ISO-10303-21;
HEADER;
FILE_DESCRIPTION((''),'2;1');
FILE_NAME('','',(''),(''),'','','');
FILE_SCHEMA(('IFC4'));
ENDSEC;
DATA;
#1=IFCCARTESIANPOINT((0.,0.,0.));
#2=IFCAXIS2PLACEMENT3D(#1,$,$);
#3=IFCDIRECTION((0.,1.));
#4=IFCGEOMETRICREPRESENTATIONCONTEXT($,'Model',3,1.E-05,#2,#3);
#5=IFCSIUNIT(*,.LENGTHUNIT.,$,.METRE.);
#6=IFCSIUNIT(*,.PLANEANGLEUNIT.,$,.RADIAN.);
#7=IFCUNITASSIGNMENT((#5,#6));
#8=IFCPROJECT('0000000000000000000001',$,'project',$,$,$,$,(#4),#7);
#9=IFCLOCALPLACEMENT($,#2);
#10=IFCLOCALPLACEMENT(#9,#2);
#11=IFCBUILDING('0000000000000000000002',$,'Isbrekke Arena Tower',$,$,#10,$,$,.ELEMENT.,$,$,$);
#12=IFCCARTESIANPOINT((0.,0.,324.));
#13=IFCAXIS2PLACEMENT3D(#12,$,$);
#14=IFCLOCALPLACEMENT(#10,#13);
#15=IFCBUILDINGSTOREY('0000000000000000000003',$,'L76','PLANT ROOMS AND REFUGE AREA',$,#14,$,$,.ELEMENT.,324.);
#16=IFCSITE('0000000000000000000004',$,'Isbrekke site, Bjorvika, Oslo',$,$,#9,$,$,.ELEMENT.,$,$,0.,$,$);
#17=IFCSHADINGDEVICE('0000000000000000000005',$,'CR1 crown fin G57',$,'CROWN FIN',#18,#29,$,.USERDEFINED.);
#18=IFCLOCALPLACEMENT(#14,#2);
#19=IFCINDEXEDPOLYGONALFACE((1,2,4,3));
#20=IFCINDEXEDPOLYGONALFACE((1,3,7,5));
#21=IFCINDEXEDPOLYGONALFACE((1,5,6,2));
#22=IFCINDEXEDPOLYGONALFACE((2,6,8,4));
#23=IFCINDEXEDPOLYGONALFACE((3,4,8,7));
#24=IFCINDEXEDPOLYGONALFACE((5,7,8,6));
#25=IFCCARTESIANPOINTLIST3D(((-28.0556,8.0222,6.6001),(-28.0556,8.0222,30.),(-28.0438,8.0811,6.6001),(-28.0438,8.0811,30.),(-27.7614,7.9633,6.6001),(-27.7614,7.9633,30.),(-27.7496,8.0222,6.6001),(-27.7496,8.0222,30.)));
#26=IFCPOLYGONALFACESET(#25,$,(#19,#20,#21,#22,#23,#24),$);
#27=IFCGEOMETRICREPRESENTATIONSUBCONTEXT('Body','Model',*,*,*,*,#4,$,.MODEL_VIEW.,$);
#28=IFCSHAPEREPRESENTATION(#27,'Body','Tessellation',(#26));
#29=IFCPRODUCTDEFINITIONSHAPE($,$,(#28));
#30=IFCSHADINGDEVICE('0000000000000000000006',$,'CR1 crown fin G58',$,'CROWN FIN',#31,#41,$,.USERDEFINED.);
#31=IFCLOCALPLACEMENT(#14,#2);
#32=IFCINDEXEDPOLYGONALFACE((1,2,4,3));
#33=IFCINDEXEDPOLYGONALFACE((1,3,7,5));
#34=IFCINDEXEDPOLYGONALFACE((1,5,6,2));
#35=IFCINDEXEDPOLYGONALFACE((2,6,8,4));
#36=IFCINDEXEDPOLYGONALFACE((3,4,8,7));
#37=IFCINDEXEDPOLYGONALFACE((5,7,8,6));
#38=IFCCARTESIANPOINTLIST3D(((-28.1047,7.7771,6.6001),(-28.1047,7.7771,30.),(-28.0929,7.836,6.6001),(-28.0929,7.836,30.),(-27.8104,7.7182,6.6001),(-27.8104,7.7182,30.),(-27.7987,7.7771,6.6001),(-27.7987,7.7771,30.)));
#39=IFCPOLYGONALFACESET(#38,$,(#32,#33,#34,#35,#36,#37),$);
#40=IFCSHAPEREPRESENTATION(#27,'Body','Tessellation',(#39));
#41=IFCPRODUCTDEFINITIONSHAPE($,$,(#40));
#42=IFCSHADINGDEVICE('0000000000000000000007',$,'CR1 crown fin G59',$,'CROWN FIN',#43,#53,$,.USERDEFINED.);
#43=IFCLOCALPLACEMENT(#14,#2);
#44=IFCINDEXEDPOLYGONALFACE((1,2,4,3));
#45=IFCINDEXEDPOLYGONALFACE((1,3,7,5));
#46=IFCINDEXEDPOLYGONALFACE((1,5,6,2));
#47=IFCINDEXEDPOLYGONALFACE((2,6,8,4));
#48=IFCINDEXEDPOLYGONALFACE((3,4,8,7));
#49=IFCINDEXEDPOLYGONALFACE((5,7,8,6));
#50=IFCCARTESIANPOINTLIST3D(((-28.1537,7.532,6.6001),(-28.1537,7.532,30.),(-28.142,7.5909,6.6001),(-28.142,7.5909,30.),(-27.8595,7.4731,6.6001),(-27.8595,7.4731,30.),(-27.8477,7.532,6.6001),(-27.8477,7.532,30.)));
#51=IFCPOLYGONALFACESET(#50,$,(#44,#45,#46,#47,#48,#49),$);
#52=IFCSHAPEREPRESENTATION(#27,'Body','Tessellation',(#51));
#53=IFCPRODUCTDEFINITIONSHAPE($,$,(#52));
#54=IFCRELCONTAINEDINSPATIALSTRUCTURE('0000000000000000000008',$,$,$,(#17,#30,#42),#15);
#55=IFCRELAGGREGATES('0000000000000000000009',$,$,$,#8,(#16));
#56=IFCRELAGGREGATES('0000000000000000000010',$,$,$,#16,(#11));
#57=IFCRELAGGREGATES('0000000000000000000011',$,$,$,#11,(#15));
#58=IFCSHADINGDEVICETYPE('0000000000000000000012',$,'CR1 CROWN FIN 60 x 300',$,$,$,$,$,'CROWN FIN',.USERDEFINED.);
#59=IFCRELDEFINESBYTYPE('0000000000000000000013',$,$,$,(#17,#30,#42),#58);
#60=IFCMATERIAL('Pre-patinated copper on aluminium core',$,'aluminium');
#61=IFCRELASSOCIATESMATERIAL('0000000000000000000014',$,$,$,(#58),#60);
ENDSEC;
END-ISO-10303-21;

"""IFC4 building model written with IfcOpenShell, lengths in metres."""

from ifc_helpers import new_model, si_unit, direction, frame, origin, origin_2d, place, context, subcontext, project, spatial, rectangle, extrude, material, material_profile, profile_set, type_object, element, save


model = new_model("IFC4")

# Units and contexts
model_context = context("Model", 3, precision=1e-05, world=origin(), true_north=direction((0.0, 1.0)))
body_context = subcontext(model_context, "Body", "Model", "MODEL_VIEW")
ifc_project = project(units=[si_unit("LENGTHUNIT", "METRE"), si_unit("PLANEANGLEUNIT", "RADIAN")], contexts=[model_context])

# Site, building, storey
site_placement = place(None, origin())
site = spatial("IfcSite", under=ifc_project, at=site_placement, Name="Isbrekke site, Bjorvika, Oslo", CompositionType="ELEMENT", RefElevation=0.0)
building_placement = place(site_placement, origin())
building = spatial("IfcBuilding", under=site, at=building_placement, Name="Isbrekke Arena Tower", CompositionType="ELEMENT")
storey_placement = place(building_placement, frame((0.0, 0.0, 324.0)))
storey = spatial("IfcBuildingStorey", under=building, at=storey_placement, Name="L76", Description="PLANT ROOMS AND REFUGE AREA", CompositionType="ELEMENT", Elevation=324.0)

# Shading devices
ifc_material_1 = material(Name="Pre-patinated copper on aluminium core", Category="aluminium")
ifc_material_profile_1 = material_profile(ifc_material_1, rectangle(XDim=0.0601, YDim=0.3, at=origin_2d()), Name="FIN 60X300")
ifc_profile_set_1 = profile_set([ifc_material_profile_1], Name="Pre-patinated copper on aluminium core")
shading_device_type = type_object("IfcShadingDeviceType", Name="CR1 CROWN FIN 60 x 300", ElementType="CROWN FIN", PredefinedType="USERDEFINED", material=ifc_profile_set_1)
for number, where, z_axis, x_axis, name in (
    (1, (-27.9026, 8.0222, 6.6001), (0.0, 0.0, 1.0), (-0.196116, -0.980581, 0.0), "CR1 crown fin G57"),
    (2, (-27.9517, 7.7771, 6.6001), (0.0, 0.0, 1.0), (-0.196116, -0.980581, 0.0), "CR1 crown fin G58"),
    (3, (-28.0007, 7.532, 6.6001), (0.0, 0.0, 1.0), (-0.196116, -0.980581, 0.0), "CR1 crown fin G59"),
):
    element("IfcShadingDevice", number, at=place(storey_placement, frame(where, z_axis=z_axis, x_axis=x_axis)), inside=storey, type_object=shading_device_type, Name=name, ObjectType="CROWN FIN", PredefinedType="USERDEFINED", context=body_context, shape_type="SweptSolid", body=[
        extrude(rectangle(XDim=0.0601, YDim=0.3, at=origin_2d()), origin(), (0.0, 0.0, 1.0), 23.3999),
    ])

save(model, "model.ifc")
